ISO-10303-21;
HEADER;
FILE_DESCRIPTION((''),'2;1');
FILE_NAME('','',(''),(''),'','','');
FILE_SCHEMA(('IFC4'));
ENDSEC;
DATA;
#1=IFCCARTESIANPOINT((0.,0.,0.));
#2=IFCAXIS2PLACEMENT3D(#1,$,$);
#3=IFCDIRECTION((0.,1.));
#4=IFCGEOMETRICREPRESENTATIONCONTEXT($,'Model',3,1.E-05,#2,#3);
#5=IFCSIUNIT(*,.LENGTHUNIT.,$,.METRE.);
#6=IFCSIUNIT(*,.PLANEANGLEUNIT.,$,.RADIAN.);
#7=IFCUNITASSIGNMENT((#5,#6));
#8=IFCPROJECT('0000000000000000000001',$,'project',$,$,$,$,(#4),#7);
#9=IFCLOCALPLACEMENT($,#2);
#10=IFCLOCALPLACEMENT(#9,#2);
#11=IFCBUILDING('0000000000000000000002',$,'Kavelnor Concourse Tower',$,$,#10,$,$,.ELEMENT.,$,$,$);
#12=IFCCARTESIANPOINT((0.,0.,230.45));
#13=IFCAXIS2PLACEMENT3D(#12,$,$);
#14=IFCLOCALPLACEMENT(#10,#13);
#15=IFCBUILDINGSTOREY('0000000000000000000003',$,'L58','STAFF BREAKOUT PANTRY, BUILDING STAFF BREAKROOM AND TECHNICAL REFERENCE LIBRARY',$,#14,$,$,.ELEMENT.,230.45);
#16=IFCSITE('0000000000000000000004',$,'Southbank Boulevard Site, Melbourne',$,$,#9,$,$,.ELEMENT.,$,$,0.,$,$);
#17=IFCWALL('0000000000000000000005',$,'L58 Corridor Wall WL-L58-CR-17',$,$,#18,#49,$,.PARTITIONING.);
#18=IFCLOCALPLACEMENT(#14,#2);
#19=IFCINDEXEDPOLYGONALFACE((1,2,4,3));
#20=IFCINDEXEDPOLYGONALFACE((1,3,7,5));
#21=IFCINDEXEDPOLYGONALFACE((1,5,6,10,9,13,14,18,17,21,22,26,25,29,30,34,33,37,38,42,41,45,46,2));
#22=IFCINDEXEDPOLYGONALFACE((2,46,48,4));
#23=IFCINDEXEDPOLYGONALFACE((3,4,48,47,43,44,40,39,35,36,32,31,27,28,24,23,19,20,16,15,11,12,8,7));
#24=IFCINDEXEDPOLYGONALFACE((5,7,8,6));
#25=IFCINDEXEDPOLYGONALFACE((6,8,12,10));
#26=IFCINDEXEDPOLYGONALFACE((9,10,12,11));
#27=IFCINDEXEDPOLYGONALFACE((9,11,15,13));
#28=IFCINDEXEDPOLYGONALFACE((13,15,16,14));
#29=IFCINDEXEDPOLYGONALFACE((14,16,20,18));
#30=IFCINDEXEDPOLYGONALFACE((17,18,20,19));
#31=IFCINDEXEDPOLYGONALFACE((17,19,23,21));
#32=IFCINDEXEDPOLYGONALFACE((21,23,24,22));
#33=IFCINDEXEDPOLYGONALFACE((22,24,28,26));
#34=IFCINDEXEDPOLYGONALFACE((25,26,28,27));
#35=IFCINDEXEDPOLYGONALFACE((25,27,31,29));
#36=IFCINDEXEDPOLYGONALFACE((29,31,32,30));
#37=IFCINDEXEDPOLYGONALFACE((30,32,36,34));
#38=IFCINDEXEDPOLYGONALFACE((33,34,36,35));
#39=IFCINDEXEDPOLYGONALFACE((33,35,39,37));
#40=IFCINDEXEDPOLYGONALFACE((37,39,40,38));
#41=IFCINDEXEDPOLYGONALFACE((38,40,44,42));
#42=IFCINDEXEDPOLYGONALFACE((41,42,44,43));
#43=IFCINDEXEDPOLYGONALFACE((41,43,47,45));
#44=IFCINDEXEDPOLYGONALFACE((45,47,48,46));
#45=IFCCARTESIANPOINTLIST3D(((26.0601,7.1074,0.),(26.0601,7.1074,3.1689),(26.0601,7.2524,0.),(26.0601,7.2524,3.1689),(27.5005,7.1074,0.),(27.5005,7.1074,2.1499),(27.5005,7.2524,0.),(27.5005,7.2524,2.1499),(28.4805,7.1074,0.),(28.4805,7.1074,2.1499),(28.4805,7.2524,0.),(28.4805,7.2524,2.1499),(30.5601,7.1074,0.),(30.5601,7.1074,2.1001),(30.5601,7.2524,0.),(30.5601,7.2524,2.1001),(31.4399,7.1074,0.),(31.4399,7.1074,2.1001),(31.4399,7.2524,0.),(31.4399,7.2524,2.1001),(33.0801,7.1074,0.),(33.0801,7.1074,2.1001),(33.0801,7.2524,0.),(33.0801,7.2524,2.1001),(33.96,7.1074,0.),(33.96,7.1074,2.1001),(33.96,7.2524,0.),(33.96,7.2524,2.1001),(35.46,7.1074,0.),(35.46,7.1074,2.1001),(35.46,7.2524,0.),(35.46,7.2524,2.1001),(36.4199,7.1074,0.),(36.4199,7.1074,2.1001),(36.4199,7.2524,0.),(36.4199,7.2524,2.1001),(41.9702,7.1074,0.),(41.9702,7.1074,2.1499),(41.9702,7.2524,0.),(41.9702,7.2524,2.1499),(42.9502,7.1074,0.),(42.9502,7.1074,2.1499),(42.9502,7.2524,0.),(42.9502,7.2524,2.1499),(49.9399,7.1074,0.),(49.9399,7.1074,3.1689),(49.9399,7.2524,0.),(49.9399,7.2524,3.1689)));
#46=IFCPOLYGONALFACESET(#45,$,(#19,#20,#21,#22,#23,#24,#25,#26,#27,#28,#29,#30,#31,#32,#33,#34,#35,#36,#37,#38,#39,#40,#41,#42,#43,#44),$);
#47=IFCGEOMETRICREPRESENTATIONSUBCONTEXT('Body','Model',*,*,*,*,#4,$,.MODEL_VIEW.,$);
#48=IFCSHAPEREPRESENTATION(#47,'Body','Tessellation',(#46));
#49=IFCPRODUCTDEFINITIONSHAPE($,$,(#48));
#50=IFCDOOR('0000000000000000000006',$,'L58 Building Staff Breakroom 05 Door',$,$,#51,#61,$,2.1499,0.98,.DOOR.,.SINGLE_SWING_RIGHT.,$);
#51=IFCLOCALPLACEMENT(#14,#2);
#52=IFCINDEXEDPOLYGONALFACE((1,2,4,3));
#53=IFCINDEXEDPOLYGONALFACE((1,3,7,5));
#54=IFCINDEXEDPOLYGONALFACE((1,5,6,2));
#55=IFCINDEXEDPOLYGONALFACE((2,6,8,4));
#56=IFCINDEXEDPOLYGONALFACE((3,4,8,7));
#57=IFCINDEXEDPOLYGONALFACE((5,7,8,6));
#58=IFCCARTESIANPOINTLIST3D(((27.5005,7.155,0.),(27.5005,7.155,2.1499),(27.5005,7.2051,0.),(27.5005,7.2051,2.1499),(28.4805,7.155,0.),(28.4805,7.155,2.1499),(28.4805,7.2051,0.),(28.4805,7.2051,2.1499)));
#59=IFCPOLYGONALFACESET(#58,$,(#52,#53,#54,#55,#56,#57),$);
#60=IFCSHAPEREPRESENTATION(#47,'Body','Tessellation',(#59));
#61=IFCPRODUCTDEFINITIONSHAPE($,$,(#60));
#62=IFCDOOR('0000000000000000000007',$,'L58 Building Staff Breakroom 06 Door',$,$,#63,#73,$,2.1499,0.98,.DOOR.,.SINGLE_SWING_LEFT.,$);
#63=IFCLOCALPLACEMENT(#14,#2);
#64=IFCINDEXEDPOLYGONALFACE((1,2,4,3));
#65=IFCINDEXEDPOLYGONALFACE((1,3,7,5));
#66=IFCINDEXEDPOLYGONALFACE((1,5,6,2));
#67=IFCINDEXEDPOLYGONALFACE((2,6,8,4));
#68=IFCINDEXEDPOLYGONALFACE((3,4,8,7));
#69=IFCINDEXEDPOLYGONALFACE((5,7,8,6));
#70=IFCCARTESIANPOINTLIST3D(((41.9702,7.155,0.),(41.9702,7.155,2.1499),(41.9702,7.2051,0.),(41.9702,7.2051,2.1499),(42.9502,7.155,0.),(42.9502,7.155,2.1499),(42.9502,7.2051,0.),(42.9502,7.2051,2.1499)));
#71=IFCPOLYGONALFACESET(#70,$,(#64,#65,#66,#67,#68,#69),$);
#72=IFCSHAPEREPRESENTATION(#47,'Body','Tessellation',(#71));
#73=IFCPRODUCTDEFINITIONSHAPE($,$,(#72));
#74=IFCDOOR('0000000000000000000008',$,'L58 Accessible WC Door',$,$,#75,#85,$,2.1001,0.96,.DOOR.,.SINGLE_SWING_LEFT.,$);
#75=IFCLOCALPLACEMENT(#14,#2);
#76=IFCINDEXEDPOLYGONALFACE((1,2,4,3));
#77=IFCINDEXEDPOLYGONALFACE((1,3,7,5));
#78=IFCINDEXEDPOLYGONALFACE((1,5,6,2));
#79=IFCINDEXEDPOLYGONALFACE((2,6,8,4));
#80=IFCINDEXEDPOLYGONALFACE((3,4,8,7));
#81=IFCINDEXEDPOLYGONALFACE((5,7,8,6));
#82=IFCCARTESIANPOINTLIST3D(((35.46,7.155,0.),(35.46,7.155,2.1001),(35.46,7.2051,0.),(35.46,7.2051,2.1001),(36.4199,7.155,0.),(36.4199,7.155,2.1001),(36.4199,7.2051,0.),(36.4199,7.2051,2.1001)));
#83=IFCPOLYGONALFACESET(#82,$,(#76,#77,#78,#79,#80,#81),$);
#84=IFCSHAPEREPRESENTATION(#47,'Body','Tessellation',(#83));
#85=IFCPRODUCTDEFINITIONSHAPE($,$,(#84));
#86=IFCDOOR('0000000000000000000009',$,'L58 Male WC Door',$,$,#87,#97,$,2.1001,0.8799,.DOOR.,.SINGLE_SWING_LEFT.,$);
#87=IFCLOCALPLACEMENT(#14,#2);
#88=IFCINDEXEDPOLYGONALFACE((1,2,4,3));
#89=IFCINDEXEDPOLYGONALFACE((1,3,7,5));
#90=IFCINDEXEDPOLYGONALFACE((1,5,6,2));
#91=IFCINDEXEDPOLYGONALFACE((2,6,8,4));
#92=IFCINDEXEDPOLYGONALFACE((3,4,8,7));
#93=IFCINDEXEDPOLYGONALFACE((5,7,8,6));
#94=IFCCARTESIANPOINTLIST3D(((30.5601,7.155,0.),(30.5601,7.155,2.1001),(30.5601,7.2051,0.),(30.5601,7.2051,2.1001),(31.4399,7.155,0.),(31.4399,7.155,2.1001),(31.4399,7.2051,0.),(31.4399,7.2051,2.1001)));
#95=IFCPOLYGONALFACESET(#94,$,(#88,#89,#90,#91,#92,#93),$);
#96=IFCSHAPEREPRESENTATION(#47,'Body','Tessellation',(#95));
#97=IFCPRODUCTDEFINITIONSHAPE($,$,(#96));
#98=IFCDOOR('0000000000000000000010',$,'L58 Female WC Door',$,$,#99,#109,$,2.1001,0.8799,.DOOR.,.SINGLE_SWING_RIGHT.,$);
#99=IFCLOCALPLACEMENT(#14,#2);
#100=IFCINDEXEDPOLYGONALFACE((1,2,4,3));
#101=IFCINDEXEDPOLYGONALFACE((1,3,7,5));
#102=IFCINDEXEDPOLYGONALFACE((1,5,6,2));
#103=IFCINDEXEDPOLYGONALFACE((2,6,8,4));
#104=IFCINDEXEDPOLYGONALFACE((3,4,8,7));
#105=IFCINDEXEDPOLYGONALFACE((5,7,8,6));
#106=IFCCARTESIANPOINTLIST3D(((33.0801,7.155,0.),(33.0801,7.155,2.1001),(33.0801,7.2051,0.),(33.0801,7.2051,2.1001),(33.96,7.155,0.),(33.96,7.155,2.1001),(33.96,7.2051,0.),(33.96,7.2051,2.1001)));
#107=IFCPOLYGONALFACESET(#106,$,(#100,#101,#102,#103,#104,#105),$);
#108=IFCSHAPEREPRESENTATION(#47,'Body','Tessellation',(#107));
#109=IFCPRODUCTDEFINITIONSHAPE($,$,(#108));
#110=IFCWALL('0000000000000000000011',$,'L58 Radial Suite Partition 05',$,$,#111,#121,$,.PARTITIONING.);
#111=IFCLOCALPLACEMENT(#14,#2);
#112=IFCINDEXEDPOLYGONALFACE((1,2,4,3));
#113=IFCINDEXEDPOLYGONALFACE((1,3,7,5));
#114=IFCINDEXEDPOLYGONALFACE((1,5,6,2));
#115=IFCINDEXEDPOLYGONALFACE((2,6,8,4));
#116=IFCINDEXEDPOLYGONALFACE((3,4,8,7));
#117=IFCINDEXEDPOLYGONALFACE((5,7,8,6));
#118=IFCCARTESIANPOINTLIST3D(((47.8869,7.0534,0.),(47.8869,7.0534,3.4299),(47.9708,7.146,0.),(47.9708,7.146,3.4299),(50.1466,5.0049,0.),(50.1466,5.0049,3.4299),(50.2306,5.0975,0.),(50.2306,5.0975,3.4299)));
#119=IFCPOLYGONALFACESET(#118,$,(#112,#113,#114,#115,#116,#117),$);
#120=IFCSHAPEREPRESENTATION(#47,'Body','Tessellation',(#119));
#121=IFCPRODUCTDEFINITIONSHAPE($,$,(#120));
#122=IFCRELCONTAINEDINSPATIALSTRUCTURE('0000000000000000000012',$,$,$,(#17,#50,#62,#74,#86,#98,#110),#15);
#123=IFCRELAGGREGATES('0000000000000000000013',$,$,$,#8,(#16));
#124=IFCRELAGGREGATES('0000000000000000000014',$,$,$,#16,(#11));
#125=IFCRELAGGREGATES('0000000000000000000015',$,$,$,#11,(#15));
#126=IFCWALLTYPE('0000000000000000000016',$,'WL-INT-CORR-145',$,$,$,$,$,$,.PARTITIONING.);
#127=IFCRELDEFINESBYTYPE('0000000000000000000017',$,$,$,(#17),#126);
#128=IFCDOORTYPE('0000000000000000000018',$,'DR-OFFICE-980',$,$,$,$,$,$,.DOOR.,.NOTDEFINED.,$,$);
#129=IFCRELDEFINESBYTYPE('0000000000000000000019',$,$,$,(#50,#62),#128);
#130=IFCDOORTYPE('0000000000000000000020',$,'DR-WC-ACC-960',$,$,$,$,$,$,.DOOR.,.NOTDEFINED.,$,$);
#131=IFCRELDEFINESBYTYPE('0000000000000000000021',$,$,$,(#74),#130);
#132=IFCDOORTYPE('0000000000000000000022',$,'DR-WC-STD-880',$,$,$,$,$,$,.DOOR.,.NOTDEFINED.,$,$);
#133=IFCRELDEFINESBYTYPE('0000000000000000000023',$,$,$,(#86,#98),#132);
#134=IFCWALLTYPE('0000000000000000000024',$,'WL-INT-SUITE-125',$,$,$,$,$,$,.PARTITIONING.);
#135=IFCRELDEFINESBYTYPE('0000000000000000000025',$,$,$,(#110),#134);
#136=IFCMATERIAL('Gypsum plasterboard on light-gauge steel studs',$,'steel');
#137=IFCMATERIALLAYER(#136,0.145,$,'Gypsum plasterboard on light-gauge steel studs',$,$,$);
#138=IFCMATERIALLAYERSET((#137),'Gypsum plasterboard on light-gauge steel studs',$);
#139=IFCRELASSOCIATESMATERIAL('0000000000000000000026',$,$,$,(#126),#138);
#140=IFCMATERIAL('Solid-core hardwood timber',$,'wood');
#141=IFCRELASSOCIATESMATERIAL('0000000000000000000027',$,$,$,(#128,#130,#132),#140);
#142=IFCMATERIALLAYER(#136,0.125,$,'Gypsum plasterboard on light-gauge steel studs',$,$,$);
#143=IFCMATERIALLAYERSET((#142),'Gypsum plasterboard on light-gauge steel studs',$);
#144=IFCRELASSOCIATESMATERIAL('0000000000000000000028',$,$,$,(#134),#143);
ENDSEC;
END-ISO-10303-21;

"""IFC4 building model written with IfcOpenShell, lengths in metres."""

from ifc_helpers import new_model, si_unit, direction, frame, frame_2d, origin, place, context, subcontext, project, spatial, rectangle, extrude, material, layer, layer_set, type_object, element, fill, save


model = new_model("IFC4")

# Units and contexts
model_context = context("Model", 3, precision=1e-05, world=origin(), true_north=direction((0.0, 1.0)))
body_context = subcontext(model_context, "Body", "Model", "MODEL_VIEW")
ifc_project = project(units=[si_unit("LENGTHUNIT", "METRE"), si_unit("PLANEANGLEUNIT", "RADIAN")], contexts=[model_context])

# Site, building, storey
site_placement = place(None, origin())
site = spatial("IfcSite", under=ifc_project, at=site_placement, Name="Southbank Boulevard Site, Melbourne", CompositionType="ELEMENT", RefElevation=0.0)
building_placement = place(site_placement, origin())
building = spatial("IfcBuilding", under=site, at=building_placement, Name="Kavelnor Concourse Tower", CompositionType="ELEMENT")
storey_placement = place(building_placement, frame((0.0, 0.0, 230.45)))
storey = spatial("IfcBuildingStorey", under=building, at=storey_placement, Name="L58", Description="STAFF BREAKOUT PANTRY, BUILDING STAFF BREAKROOM AND TECHNICAL REFERENCE LIBRARY", CompositionType="ELEMENT", Elevation=230.45)

# Wall, openings, doors
ifc_material_1 = material(Name="Gypsum plasterboard on light-gauge steel studs", Category="steel")
ifc_layer_1 = layer(ifc_material_1, 0.145, Name="Gypsum plasterboard on light-gauge steel studs")
ifc_layer_set_1 = layer_set([ifc_layer_1], Name="Gypsum plasterboard on light-gauge steel studs")
wall_type_1 = type_object("IfcWallType", Name="WL-INT-CORR-145", PredefinedType="PARTITIONING", material=ifc_layer_set_1)
wall_1_placement = place(storey_placement, frame((49.9399, 7.1799, 0.0), z_axis=(0.0, 0.0, 1.0), x_axis=(-1.0, 0.0, 0.0)))
wall_1 = element("IfcWall", 1, at=wall_1_placement, inside=storey, type_object=wall_type_1, Name="L58 Corridor Wall WL-L58-CR-17", PredefinedType="PARTITIONING", context=body_context, shape_type="SweptSolid", body=[
    extrude(rectangle(XDim=23.8799, YDim=0.145, at=frame_2d((11.9399, 0.0))), origin(), (0.0, 0.0, 1.0), 3.1689),
])
opening_1_placement = place(wall_1_placement, frame((18.5, 0.0, 0.0)))
opening_1 = element("IfcOpeningElement", 2, at=opening_1_placement, cuts=wall_1, PredefinedType="OPENING", context=body_context, shape_type="SweptSolid", body=[
    extrude(rectangle(XDim=0.8799, YDim=2.1001, at=frame_2d((0.4399, 1.05))), frame((0.0, 0.0825, 0.0), z_axis=(0.0, -1.0, 0.0), x_axis=(1.0, 0.0, 0.0)), (0.0, 0.0, 1.0), 0.165),
])
opening_2_placement = place(wall_1_placement, frame((15.98, 0.0, 0.0)))
opening_2 = element("IfcOpeningElement", 3, at=opening_2_placement, cuts=wall_1, PredefinedType="OPENING", context=body_context, shape_type="SweptSolid", body=[
    extrude(rectangle(XDim=0.8799, YDim=2.1001, at=frame_2d((0.4399, 1.05))), frame((0.0, 0.0825, 0.0), z_axis=(0.0, -1.0, 0.0), x_axis=(1.0, 0.0, 0.0)), (0.0, 0.0, 1.0), 0.165),
])
opening_3_placement = place(wall_1_placement, frame((13.52, 0.0, 0.0)))
opening_3 = element("IfcOpeningElement", 4, at=opening_3_placement, cuts=wall_1, PredefinedType="OPENING", context=body_context, shape_type="SweptSolid", body=[
    extrude(rectangle(XDim=0.96, YDim=2.1001, at=frame_2d((0.48, 1.05))), frame((0.0, 0.0825, 0.0), z_axis=(0.0, -1.0, 0.0), x_axis=(1.0, 0.0, 0.0)), (0.0, 0.0, 1.0), 0.165),
])
opening_4_placement = place(wall_1_placement, frame((21.4595, 0.0, 0.0)))
opening_4 = element("IfcOpeningElement", 5, at=opening_4_placement, cuts=wall_1, PredefinedType="OPENING", context=body_context, shape_type="SweptSolid", body=[
    extrude(rectangle(XDim=0.98, YDim=2.1499, at=frame_2d((0.49, 1.075))), frame((0.0, 0.0825, 0.0), z_axis=(0.0, -1.0, 0.0), x_axis=(1.0, 0.0, 0.0)), (0.0, 0.0, 1.0), 0.165),
])
opening_5_placement = place(wall_1_placement, frame((6.9897, 0.0, 0.0)))
opening_5 = element("IfcOpeningElement", 6, at=opening_5_placement, cuts=wall_1, PredefinedType="OPENING", context=body_context, shape_type="SweptSolid", body=[
    extrude(rectangle(XDim=0.98, YDim=2.1499, at=frame_2d((0.49, 1.075))), frame((0.0, 0.0825, 0.0), z_axis=(0.0, -1.0, 0.0), x_axis=(1.0, 0.0, 0.0)), (0.0, 0.0, 1.0), 0.165),
])
ifc_material_2 = material(Name="Solid-core hardwood timber", Category="wood")
door_type_1 = type_object("IfcDoorType", Name="DR-OFFICE-980", OperationType="NOTDEFINED", PredefinedType="DOOR", material=ifc_material_2)
door_1_placement = place(opening_4_placement, origin())
door_1 = element("IfcDoor", 7, at=door_1_placement, inside=storey, type_object=door_type_1, Name="L58 Building Staff Breakroom 05 Door", OperationType="SINGLE_SWING_RIGHT", OverallHeight=2.1499, OverallWidth=0.98, PredefinedType="DOOR", context=body_context, shape_type="SweptSolid", body=[
    extrude(rectangle(XDim=0.98, YDim=2.1499, at=frame_2d((0.49, 1.075))), frame((0.0, 0.0249, 0.0), z_axis=(0.0, -1.0, 0.0), x_axis=(1.0, 0.0, 0.0)), (0.0, 0.0, 1.0), 0.05),
])
fill(opening_4, door_1)
door_2_placement = place(opening_5_placement, origin())
door_2 = element("IfcDoor", 8, at=door_2_placement, inside=storey, type_object=door_type_1, Name="L58 Building Staff Breakroom 06 Door", OperationType="SINGLE_SWING_LEFT", OverallHeight=2.1499, OverallWidth=0.98, PredefinedType="DOOR", context=body_context, shape_type="SweptSolid", body=[
    extrude(rectangle(XDim=0.98, YDim=2.1499, at=frame_2d((0.49, 1.075))), frame((0.0, 0.0249, 0.0), z_axis=(0.0, -1.0, 0.0), x_axis=(1.0, 0.0, 0.0)), (0.0, 0.0, 1.0), 0.05),
])
fill(opening_5, door_2)
door_type_2 = type_object("IfcDoorType", Name="DR-WC-ACC-960", OperationType="NOTDEFINED", PredefinedType="DOOR", material=ifc_material_2)
door_3_placement = place(opening_3_placement, origin())
door_3 = element("IfcDoor", 9, at=door_3_placement, inside=storey, type_object=door_type_2, Name="L58 Accessible WC Door", OperationType="SINGLE_SWING_LEFT", OverallHeight=2.1001, OverallWidth=0.96, PredefinedType="DOOR", context=body_context, shape_type="SweptSolid", body=[
    extrude(rectangle(XDim=0.96, YDim=2.1001, at=frame_2d((0.48, 1.05))), frame((0.0, 0.0249, 0.0), z_axis=(0.0, -1.0, 0.0), x_axis=(1.0, 0.0, 0.0)), (0.0, 0.0, 1.0), 0.05),
])
fill(opening_3, door_3)
door_type_3 = type_object("IfcDoorType", Name="DR-WC-STD-880", OperationType="NOTDEFINED", PredefinedType="DOOR", material=ifc_material_2)
door_4_placement = place(opening_1_placement, origin())
door_4 = element("IfcDoor", 10, at=door_4_placement, inside=storey, type_object=door_type_3, Name="L58 Male WC Door", OperationType="SINGLE_SWING_LEFT", OverallHeight=2.1001, OverallWidth=0.8799, PredefinedType="DOOR", context=body_context, shape_type="SweptSolid", body=[
    extrude(rectangle(XDim=0.8799, YDim=2.1001, at=frame_2d((0.4399, 1.05))), frame((0.0, 0.0249, 0.0), z_axis=(0.0, -1.0, 0.0), x_axis=(1.0, 0.0, 0.0)), (0.0, 0.0, 1.0), 0.05),
])
fill(opening_1, door_4)
door_5_placement = place(opening_2_placement, origin())
door_5 = element("IfcDoor", 11, at=door_5_placement, inside=storey, type_object=door_type_3, Name="L58 Female WC Door", OperationType="SINGLE_SWING_RIGHT", OverallHeight=2.1001, OverallWidth=0.8799, PredefinedType="DOOR", context=body_context, shape_type="SweptSolid", body=[
    extrude(rectangle(XDim=0.8799, YDim=2.1001, at=frame_2d((0.4399, 1.05))), frame((0.0, 0.0249, 0.0), z_axis=(0.0, -1.0, 0.0), x_axis=(1.0, 0.0, 0.0)), (0.0, 0.0, 1.0), 0.05),
])
fill(opening_2, door_5)

# Wall
ifc_layer_2 = layer(ifc_material_1, 0.125, Name="Gypsum plasterboard on light-gauge steel studs")
ifc_layer_set_2 = layer_set([ifc_layer_2], Name="Gypsum plasterboard on light-gauge steel studs")
wall_type_2 = type_object("IfcWallType", Name="WL-INT-SUITE-125", PredefinedType="PARTITIONING", material=ifc_layer_set_2)
wall_2_placement = place(storey_placement, frame((47.929, 7.0996, 0.0), z_axis=(0.0, 0.0, 1.0), x_axis=(0.740877, -0.67164, 0.0)))
element("IfcWall", 12, at=wall_2_placement, inside=storey, type_object=wall_type_2, Name="L58 Radial Suite Partition 05", PredefinedType="PARTITIONING", context=body_context, shape_type="SweptSolid", body=[
    extrude(rectangle(XDim=3.05, YDim=0.125, at=frame_2d((1.5249, 0.0))), origin(), (0.0, 0.0, 1.0), 3.4299),
])

save(model, "model.ifc")
